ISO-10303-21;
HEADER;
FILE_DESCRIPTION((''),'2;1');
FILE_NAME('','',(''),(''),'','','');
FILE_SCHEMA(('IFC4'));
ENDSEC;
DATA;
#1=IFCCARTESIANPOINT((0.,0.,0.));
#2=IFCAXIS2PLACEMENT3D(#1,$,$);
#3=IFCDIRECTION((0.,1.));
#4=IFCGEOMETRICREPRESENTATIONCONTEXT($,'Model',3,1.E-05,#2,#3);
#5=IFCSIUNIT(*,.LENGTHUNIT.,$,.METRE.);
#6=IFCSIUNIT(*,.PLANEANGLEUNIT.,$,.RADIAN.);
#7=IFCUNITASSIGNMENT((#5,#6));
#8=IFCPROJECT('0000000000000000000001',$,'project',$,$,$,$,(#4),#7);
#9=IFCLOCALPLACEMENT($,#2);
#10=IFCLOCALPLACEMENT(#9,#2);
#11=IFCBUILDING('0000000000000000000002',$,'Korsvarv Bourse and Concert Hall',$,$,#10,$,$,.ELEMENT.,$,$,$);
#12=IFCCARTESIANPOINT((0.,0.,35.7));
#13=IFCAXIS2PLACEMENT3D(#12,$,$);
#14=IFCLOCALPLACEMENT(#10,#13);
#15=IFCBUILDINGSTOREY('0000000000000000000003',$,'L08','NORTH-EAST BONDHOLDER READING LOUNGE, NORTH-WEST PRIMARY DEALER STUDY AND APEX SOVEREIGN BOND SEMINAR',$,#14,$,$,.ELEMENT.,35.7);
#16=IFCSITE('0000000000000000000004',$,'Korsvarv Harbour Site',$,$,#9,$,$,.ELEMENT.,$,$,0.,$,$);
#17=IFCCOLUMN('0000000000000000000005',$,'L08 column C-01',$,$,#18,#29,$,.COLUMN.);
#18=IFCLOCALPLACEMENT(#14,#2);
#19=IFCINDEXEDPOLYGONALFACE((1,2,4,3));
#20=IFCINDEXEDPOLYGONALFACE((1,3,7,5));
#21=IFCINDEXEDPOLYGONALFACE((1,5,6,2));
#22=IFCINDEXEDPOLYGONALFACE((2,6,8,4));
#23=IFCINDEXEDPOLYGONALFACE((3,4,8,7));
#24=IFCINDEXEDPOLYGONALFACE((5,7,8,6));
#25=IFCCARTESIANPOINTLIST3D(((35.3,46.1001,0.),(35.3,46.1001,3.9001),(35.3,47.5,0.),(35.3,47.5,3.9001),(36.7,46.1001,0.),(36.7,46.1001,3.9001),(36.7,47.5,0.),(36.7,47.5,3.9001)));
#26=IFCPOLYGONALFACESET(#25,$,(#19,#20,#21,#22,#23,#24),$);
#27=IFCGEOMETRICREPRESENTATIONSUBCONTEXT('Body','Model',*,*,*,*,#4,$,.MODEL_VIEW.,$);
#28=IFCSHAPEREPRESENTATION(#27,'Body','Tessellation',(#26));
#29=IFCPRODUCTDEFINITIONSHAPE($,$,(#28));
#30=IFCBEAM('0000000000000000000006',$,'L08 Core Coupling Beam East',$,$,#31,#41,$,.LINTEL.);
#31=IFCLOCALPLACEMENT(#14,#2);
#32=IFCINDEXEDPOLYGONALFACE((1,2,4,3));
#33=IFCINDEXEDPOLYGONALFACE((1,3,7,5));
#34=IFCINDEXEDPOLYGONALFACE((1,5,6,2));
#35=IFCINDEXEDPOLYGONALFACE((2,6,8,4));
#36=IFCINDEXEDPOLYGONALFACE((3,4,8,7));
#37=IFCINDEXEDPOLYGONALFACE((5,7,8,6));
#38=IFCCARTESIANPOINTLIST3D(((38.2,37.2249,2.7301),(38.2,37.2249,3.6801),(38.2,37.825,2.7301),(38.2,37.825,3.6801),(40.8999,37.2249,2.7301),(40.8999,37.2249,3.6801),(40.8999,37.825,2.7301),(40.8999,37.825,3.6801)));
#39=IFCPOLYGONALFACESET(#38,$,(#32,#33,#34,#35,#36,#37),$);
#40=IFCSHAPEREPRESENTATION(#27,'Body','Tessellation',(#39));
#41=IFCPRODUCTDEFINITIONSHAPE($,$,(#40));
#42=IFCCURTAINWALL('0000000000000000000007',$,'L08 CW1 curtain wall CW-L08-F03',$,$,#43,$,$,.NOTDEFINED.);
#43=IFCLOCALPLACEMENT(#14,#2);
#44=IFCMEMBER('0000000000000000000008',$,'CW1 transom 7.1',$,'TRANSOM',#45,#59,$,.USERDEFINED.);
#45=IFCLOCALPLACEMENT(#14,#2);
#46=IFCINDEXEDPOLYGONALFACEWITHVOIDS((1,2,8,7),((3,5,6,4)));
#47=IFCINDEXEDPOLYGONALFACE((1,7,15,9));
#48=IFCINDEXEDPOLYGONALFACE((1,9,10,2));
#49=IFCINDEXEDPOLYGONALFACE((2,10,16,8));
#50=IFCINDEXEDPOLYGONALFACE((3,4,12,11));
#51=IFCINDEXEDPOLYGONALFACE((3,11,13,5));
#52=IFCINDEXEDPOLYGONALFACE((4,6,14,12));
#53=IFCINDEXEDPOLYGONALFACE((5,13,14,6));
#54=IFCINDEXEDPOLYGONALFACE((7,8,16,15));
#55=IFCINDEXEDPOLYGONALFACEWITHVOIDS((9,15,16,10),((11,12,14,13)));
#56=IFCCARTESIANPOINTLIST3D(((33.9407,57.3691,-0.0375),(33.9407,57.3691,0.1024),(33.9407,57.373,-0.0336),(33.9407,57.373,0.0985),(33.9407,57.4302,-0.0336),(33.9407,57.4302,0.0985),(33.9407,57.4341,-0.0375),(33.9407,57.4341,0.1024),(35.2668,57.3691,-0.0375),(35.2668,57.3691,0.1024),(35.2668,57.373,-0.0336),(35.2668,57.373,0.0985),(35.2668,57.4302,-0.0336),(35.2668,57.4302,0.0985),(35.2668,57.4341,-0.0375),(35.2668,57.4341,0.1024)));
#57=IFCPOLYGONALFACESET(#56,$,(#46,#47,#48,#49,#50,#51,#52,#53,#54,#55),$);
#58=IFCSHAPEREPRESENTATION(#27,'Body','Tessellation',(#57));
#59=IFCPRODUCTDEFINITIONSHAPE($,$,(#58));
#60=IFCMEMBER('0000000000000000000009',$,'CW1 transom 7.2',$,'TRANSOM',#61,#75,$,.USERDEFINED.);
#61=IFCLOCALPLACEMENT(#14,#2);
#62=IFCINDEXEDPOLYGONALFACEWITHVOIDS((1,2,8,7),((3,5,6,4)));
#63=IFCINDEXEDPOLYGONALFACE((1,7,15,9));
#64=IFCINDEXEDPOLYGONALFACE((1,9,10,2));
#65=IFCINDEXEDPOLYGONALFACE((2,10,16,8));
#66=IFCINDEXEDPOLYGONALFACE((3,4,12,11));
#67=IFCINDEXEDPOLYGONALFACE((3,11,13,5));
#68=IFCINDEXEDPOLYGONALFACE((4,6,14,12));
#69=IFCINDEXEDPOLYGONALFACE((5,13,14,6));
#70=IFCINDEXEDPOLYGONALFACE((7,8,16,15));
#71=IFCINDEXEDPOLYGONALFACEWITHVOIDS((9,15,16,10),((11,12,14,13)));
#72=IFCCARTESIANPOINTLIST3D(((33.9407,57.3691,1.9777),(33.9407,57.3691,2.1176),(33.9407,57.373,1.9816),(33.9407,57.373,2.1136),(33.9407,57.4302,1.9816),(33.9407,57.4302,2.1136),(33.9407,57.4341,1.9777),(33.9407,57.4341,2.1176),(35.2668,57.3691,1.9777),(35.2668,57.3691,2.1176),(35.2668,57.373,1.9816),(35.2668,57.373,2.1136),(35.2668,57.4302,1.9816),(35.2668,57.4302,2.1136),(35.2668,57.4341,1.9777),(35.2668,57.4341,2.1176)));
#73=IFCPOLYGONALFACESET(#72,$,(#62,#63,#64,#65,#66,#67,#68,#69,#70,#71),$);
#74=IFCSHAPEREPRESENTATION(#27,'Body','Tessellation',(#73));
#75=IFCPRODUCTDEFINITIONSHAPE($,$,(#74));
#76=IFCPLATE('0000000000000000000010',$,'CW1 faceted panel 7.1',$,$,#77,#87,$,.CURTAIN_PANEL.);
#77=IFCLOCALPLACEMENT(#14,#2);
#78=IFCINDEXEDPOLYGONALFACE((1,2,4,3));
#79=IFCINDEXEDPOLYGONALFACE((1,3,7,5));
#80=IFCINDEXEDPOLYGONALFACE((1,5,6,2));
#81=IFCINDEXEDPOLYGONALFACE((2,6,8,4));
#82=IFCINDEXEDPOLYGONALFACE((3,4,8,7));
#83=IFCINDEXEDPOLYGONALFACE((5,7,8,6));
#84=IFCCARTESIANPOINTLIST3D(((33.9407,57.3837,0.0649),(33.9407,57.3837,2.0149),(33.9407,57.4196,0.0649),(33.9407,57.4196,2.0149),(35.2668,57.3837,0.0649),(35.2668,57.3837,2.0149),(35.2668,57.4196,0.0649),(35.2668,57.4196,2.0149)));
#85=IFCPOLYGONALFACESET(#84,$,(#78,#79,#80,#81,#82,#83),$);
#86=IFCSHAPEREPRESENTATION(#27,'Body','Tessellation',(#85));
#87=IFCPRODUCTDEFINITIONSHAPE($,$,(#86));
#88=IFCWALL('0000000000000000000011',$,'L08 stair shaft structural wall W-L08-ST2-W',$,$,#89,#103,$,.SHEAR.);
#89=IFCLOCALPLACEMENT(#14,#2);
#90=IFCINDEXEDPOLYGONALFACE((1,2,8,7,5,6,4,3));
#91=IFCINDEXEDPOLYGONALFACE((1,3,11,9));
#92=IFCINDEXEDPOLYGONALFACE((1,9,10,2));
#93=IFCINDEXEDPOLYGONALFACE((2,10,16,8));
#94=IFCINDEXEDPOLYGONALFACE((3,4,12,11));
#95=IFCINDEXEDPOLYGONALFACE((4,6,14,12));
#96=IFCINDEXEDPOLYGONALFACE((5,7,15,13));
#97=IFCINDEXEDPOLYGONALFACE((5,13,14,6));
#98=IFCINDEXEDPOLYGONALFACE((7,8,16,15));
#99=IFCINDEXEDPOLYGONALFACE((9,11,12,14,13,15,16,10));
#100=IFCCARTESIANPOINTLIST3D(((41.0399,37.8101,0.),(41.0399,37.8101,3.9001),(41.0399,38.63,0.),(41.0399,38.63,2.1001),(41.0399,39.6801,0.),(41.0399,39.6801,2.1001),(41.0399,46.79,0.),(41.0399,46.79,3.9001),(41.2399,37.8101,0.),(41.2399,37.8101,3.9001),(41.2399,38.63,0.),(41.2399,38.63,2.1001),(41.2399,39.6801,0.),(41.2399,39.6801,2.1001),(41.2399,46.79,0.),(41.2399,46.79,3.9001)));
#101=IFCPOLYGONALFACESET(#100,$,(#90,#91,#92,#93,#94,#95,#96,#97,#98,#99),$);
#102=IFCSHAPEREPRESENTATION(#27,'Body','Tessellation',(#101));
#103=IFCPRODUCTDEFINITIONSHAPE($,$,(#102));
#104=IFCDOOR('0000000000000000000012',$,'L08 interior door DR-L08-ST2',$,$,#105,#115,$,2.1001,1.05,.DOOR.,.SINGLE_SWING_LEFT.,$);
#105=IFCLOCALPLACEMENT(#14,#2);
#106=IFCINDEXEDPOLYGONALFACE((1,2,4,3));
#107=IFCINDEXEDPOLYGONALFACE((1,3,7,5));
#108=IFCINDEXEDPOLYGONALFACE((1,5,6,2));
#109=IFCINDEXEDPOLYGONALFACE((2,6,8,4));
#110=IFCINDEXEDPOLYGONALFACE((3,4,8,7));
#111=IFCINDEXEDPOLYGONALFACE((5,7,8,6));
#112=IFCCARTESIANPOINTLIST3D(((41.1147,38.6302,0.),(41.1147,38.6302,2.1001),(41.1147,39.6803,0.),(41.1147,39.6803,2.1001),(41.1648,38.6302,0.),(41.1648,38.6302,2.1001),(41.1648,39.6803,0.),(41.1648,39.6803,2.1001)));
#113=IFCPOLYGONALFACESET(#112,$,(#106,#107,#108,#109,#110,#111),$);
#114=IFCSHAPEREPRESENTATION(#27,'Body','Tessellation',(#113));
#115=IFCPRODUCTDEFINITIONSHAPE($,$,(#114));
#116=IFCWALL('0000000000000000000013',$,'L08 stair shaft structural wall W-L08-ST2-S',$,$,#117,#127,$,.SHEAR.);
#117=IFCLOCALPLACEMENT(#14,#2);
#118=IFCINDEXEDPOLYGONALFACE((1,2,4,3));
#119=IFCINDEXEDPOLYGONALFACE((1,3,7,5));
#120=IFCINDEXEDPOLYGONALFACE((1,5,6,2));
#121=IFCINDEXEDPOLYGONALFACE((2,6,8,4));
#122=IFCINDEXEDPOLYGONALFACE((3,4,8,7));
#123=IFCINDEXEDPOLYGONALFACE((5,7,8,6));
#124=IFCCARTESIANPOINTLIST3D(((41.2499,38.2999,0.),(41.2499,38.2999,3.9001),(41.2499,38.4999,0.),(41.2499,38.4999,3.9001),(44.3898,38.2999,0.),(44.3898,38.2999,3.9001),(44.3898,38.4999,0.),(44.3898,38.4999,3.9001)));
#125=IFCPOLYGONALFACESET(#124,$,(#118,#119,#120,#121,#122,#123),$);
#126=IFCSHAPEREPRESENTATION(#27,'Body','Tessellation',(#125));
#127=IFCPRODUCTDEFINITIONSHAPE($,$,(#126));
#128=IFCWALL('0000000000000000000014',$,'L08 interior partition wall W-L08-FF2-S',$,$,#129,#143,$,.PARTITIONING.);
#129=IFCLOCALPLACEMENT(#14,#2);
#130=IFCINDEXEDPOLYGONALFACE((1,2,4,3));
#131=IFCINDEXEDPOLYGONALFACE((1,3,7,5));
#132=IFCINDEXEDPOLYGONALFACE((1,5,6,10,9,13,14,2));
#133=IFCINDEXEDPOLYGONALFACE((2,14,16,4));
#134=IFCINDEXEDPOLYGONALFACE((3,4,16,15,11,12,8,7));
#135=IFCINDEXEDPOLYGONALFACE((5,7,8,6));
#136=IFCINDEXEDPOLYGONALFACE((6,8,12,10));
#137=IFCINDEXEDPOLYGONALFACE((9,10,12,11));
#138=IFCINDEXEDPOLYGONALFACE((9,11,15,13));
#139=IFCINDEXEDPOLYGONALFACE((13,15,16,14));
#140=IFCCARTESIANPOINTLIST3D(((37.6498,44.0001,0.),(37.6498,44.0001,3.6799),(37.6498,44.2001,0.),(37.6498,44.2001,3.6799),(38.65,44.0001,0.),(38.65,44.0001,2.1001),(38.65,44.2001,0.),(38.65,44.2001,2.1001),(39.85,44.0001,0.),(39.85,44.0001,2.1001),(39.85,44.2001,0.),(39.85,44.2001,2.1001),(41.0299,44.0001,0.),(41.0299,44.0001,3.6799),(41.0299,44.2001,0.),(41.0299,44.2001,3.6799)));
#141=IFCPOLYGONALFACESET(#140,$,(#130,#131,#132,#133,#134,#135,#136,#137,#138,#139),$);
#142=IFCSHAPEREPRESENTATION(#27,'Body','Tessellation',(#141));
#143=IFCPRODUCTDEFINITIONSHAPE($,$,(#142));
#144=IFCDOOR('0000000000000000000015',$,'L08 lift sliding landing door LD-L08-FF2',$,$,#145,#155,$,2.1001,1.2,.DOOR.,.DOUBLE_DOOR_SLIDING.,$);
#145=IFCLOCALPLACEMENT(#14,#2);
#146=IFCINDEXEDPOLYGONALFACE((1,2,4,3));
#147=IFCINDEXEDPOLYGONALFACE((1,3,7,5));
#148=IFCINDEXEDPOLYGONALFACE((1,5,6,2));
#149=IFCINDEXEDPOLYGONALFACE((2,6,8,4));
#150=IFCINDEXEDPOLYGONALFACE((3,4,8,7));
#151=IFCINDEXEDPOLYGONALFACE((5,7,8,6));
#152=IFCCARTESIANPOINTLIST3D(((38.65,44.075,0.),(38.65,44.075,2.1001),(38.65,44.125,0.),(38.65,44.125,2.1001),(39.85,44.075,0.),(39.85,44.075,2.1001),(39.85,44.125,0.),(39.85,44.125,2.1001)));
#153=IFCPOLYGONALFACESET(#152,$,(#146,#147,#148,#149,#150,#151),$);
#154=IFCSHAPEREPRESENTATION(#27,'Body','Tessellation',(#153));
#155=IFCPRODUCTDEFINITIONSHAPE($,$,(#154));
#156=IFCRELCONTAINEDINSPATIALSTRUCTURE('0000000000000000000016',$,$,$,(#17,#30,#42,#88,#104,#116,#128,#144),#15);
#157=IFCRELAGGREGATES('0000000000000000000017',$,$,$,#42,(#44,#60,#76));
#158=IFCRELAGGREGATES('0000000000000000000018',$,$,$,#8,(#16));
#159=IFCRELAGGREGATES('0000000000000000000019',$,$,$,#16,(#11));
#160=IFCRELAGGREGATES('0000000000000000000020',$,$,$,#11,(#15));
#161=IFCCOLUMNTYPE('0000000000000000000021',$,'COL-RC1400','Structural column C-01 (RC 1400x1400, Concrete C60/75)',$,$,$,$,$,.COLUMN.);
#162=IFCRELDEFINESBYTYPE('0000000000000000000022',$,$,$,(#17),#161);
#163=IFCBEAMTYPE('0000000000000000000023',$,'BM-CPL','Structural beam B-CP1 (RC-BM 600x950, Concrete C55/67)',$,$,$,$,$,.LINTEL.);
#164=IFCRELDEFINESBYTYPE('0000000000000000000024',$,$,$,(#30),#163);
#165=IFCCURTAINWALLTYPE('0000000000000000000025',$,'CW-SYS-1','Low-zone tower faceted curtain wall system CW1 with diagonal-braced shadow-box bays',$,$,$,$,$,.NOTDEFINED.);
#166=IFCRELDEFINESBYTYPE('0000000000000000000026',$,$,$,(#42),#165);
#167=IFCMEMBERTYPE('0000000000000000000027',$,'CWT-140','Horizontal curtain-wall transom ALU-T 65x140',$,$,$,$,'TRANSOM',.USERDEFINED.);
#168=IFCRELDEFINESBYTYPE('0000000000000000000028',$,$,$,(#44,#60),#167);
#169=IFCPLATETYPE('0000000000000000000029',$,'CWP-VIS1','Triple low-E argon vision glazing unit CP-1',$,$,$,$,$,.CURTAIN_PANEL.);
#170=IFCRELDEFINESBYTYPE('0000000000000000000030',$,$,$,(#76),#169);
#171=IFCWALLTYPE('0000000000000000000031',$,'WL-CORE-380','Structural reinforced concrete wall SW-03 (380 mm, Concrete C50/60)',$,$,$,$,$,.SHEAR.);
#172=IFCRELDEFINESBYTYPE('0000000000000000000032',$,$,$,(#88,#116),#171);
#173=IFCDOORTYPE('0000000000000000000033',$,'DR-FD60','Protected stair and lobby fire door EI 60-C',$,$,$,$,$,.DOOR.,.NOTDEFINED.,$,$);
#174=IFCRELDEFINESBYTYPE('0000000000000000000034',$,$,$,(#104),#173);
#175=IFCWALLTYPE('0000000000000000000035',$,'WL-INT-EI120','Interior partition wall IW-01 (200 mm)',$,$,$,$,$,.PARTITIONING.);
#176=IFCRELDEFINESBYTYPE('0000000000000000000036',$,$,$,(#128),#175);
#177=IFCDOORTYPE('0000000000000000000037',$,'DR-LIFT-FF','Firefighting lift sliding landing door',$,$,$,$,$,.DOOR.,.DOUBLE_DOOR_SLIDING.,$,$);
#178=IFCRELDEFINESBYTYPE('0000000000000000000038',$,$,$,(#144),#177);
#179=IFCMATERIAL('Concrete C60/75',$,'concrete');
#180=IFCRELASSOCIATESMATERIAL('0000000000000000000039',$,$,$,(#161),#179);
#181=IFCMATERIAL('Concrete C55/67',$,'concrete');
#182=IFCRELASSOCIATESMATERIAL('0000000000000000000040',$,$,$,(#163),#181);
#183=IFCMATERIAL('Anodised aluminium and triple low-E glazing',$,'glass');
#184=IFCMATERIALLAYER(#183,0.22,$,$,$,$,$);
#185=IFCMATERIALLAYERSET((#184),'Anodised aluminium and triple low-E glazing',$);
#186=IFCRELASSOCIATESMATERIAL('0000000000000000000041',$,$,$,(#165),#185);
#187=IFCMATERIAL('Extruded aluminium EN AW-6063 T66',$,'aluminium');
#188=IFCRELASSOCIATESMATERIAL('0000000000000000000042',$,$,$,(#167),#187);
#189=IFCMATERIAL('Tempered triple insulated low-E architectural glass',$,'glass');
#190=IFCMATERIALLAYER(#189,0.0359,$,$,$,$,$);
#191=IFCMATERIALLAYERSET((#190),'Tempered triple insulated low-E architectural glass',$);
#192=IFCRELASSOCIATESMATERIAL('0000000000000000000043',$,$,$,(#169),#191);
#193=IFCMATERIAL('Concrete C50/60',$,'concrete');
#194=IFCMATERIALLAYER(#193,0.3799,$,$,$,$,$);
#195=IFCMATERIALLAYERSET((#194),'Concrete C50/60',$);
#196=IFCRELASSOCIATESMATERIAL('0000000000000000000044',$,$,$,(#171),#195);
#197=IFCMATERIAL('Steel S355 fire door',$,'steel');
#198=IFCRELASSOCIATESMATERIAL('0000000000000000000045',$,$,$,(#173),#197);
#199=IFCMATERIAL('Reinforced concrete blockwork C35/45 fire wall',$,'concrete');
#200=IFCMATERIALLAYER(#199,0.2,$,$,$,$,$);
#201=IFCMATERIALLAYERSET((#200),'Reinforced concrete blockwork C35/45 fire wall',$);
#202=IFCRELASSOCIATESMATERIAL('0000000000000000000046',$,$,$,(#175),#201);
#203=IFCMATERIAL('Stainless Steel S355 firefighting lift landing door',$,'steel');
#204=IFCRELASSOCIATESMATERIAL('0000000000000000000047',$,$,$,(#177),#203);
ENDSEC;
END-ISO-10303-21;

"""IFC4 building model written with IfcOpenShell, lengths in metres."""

from ifc_helpers import new_model, si_unit, direction, frame, frame_2d, origin, origin_2d, place, context, subcontext, project, spatial, rectangle, hollow_rectangle, extrude, source, transform, mapped, material, layer, layer_set, material_profile, profile_set, type_object, element, fill, aggregate, save


model = new_model("IFC4")

# Units and contexts
model_context = context("Model", 3, precision=1e-05, world=origin(), true_north=direction((0.0, 1.0)))
body_context = subcontext(model_context, "Body", "Model", "MODEL_VIEW")
ifc_project = project(units=[si_unit("LENGTHUNIT", "METRE"), si_unit("PLANEANGLEUNIT", "RADIAN")], contexts=[model_context])

# Site, building, storey
site_placement = place(None, origin())
site = spatial("IfcSite", under=ifc_project, at=site_placement, Name="Korsvarv Harbour Site", CompositionType="ELEMENT", RefElevation=0.0)
building_placement = place(site_placement, origin())
building = spatial("IfcBuilding", under=site, at=building_placement, Name="Korsvarv Bourse and Concert Hall", CompositionType="ELEMENT")
storey_placement = place(building_placement, frame((0.0, 0.0, 35.7)))
storey = spatial("IfcBuildingStorey", under=building, at=storey_placement, Name="L08", Description="NORTH-EAST BONDHOLDER READING LOUNGE, NORTH-WEST PRIMARY DEALER STUDY AND APEX SOVEREIGN BOND SEMINAR", CompositionType="ELEMENT", Elevation=35.7)

# Column
ifc_material_1 = material(Name="Concrete C60/75", Category="concrete")
ifc_material_profile_1 = material_profile(ifc_material_1, rectangle(XDim=1.3999, YDim=1.3999, at=origin_2d()), Name="RC 1400x1400")
ifc_profile_set_1 = profile_set([ifc_material_profile_1], Name="Concrete C60/75")
column_type = type_object("IfcColumnType", Name="COL-RC1400", Description="Structural column C-01 (RC 1400x1400, Concrete C60/75)", PredefinedType="COLUMN", material=ifc_profile_set_1)
shared_shape_1 = source(origin(), body_context, "Body", "SweptSolid", [
    extrude(rectangle(XDim=1.3999, YDim=1.3999, at=origin_2d()), origin(), (0.0, 0.0, 1.0), 3.9001),
])
column_placement = place(storey_placement, frame((36.0, 46.8, 0.0), z_axis=(0.0, 0.0, 1.0), x_axis=(1.0, 0.0, 0.0)))
element("IfcColumn", 1, at=column_placement, inside=storey, type_object=column_type, Name="L08 column C-01", PredefinedType="COLUMN", context=body_context, shape_type="MappedRepresentation", body=[
    mapped(shared_shape_1, transform((0.0, 0.0, 0.0), scale=1.0)),
])

# Beam
ifc_material_2 = material(Name="Concrete C55/67", Category="concrete")
ifc_material_profile_2 = material_profile(ifc_material_2, rectangle(XDim=0.6001, YDim=0.95, at=origin_2d()), Name="RC-BM 600x950")
ifc_profile_set_2 = profile_set([ifc_material_profile_2], Name="Concrete C55/67")
beam_type = type_object("IfcBeamType", Name="BM-CPL", Description="Structural beam B-CP1 (RC-BM 600x950, Concrete C55/67)", PredefinedType="LINTEL", material=ifc_profile_set_2)
shared_shape_2 = source(origin(), body_context, "Body", "SweptSolid", [
    extrude(rectangle(XDim=0.6001, YDim=0.95, at=origin_2d()), origin(), (0.0, 0.0, 1.0), 2.7),
])
beam_placement = place(storey_placement, frame((38.2, 37.5249, 3.2051), z_axis=(1.0, 0.0, 0.0), x_axis=(0.0, 1.0, 0.0)))
element("IfcBeam", 2, at=beam_placement, inside=storey, type_object=beam_type, Name="L08 Core Coupling Beam East", PredefinedType="LINTEL", context=body_context, shape_type="MappedRepresentation", body=[
    mapped(shared_shape_2, transform((0.0, 0.0, 0.0), scale=1.0)),
])

# Curtain wall, members, plate
ifc_material_3 = material(Name="Anodised aluminium and triple low-E glazing", Category="glass")
ifc_layer_1 = layer(ifc_material_3, 0.22)
ifc_layer_set_1 = layer_set([ifc_layer_1], Name="Anodised aluminium and triple low-E glazing")
curtain_wall_type = type_object("IfcCurtainWallType", Name="CW-SYS-1", Description="Low-zone tower faceted curtain wall system CW1 with diagonal-braced shadow-box bays", PredefinedType="NOTDEFINED", material=ifc_layer_set_1)
curtain_wall_placement = place(storey_placement, origin())
curtain_wall = element("IfcCurtainWall", 3, at=curtain_wall_placement, inside=storey, type_object=curtain_wall_type, Name="L08 CW1 curtain wall CW-L08-F03", PredefinedType="NOTDEFINED")
ifc_material_4 = material(Name="Extruded aluminium EN AW-6063 T66", Category="aluminium")
ifc_material_profile_3 = material_profile(ifc_material_4, hollow_rectangle(XDim=0.0649, YDim=0.1399, WallThickness=0.0039, at=origin_2d()), Name="ALU-T 65x140")
ifc_profile_set_3 = profile_set([ifc_material_profile_3], Name="Extruded aluminium EN AW-6063 T66")
member_type = type_object("IfcMemberType", Name="CWT-140", Description="Horizontal curtain-wall transom ALU-T 65x140", ElementType="TRANSOM", PredefinedType="USERDEFINED", material=ifc_profile_set_3)
shared_shape_3 = source(origin(), body_context, "Body", "SweptSolid", [
    extrude(hollow_rectangle(XDim=0.0649, YDim=0.1399, WallThickness=0.0039, at=origin_2d()), origin(), (0.0, 0.0, 1.0), 1.3262),
])
member_1_placement = place(storey_placement, frame((35.2668, 57.4016, 0.0325), z_axis=(-1.0, 0.0, 0.0), x_axis=(0.0, -1.0, 0.0)))
member_1 = element("IfcMember", 4, at=member_1_placement, type_object=member_type, Name="CW1 transom 7.1", ObjectType="TRANSOM", PredefinedType="USERDEFINED", context=body_context, shape_type="MappedRepresentation", body=[
    mapped(shared_shape_3, transform((0.0, 0.0, 0.0), scale=1.0)),
])
member_2_placement = place(storey_placement, frame((35.2668, 57.4016, 2.0476), z_axis=(-1.0, 0.0, 0.0), x_axis=(0.0, -1.0, 0.0)))
member_2 = element("IfcMember", 5, at=member_2_placement, type_object=member_type, Name="CW1 transom 7.2", ObjectType="TRANSOM", PredefinedType="USERDEFINED", context=body_context, shape_type="MappedRepresentation", body=[
    mapped(shared_shape_3, transform((0.0, 0.0, 0.0), scale=1.0)),
])
ifc_material_5 = material(Name="Tempered triple insulated low-E architectural glass", Category="glass")
ifc_layer_2 = layer(ifc_material_5, 0.0359)
ifc_layer_set_2 = layer_set([ifc_layer_2], Name="Tempered triple insulated low-E architectural glass")
plate_type = type_object("IfcPlateType", Name="CWP-VIS1", Description="Triple low-E argon vision glazing unit CP-1", PredefinedType="CURTAIN_PANEL", material=ifc_layer_set_2)
shared_shape_4 = source(origin(), body_context, "Body", "SweptSolid", [
    extrude(rectangle(XDim=1.3262, YDim=0.0359, at=origin_2d()), origin(), (0.0, 0.0, 1.0), 1.95),
])
plate_placement = place(storey_placement, frame((34.6038, 57.4016, 0.0649), z_axis=(0.0, 0.0, 1.0), x_axis=(-1.0, 0.0, 0.0)))
plate = element("IfcPlate", 6, at=plate_placement, type_object=plate_type, Name="CW1 faceted panel 7.1", PredefinedType="CURTAIN_PANEL", context=body_context, shape_type="MappedRepresentation", body=[
    mapped(shared_shape_4, transform((0.0, 0.0, 0.0), scale=1.0)),
])
aggregate(curtain_wall, [member_1, member_2, plate])

# Wall, opening, door
ifc_material_6 = material(Name="Concrete C50/60", Category="concrete")
ifc_layer_3 = layer(ifc_material_6, 0.3799)
ifc_layer_set_3 = layer_set([ifc_layer_3], Name="Concrete C50/60")
wall_type_1 = type_object("IfcWallType", Name="WL-CORE-380", Description="Structural reinforced concrete wall SW-03 (380 mm, Concrete C50/60)", PredefinedType="SHEAR", material=ifc_layer_set_3)
wall_1_placement = place(storey_placement, frame((41.1399, 37.8101, 0.0), z_axis=(0.0, 0.0, 1.0), x_axis=(0.0, 1.0, 0.0)))
wall_1 = element("IfcWall", 7, at=wall_1_placement, inside=storey, type_object=wall_type_1, Name="L08 stair shaft structural wall W-L08-ST2-W", PredefinedType="SHEAR", context=body_context, shape_type="SweptSolid", body=[
    extrude(rectangle(XDim=8.98, YDim=0.2, at=frame_2d((4.49, 0.0))), origin(), (0.0, 0.0, 1.0), 3.9001),
])
opening_1_placement = place(wall_1_placement, frame((0.8201, 0.0, 0.0)))
opening_1 = element("IfcOpeningElement", 8, at=opening_1_placement, cuts=wall_1, PredefinedType="OPENING", context=body_context, shape_type="SweptSolid", body=[
    extrude(rectangle(XDim=1.05, YDim=2.1001, at=frame_2d((0.5249, 1.05))), frame((0.0, 0.1099, 0.0), z_axis=(0.0, -1.0, 0.0), x_axis=(1.0, 0.0, 0.0)), (0.0, 0.0, 1.0), 0.22),
])
ifc_material_7 = material(Name="Steel S355 fire door", Category="steel")
door_type_1 = type_object("IfcDoorType", Name="DR-FD60", Description="Protected stair and lobby fire door EI 60-C", OperationType="NOTDEFINED", PredefinedType="DOOR", material=ifc_material_7)
door_1_placement = place(opening_1_placement, frame((1.05, 0.0, 0.0), z_axis=(0.0, 0.0, 1.0), x_axis=(-1.0, 0.0, 0.0)))
door_1 = element("IfcDoor", 9, at=door_1_placement, inside=storey, type_object=door_type_1, Name="L08 interior door DR-L08-ST2", OperationType="SINGLE_SWING_LEFT", OverallHeight=2.1001, OverallWidth=1.05, PredefinedType="DOOR", context=body_context, shape_type="SweptSolid", body=[
    extrude(rectangle(XDim=1.05, YDim=2.1001, at=frame_2d((0.5249, 1.05))), frame((0.0, 0.0249, 0.0), z_axis=(0.0, -1.0, 0.0), x_axis=(1.0, 0.0, 0.0)), (0.0, 0.0, 1.0), 0.05),
])
fill(opening_1, door_1)

# Wall
wall_2_placement = place(storey_placement, frame((41.25, 38.3999, 0.0), z_axis=(0.0, 0.0, 1.0), x_axis=(1.0, 0.0, 0.0)))
element("IfcWall", 10, at=wall_2_placement, inside=storey, type_object=wall_type_1, Name="L08 stair shaft structural wall W-L08-ST2-S", PredefinedType="SHEAR", context=body_context, shape_type="SweptSolid", body=[
    extrude(rectangle(XDim=3.1399, YDim=0.2, at=frame_2d((1.5698, 0.0))), origin(), (0.0, 0.0, 1.0), 3.9001),
])

# Wall, opening, door
ifc_material_8 = material(Name="Reinforced concrete blockwork C35/45 fire wall", Category="concrete")
ifc_layer_4 = layer(ifc_material_8, 0.2)
ifc_layer_set_4 = layer_set([ifc_layer_4], Name="Reinforced concrete blockwork C35/45 fire wall")
wall_type_2 = type_object("IfcWallType", Name="WL-INT-EI120", Description="Interior partition wall IW-01 (200 mm)", PredefinedType="PARTITIONING", material=ifc_layer_set_4)
wall_3_placement = place(storey_placement, frame((37.6499, 44.1001, 0.0), z_axis=(0.0, 0.0, 1.0), x_axis=(1.0, 0.0, 0.0)))
wall_3 = element("IfcWall", 11, at=wall_3_placement, inside=storey, type_object=wall_type_2, Name="L08 interior partition wall W-L08-FF2-S", PredefinedType="PARTITIONING", context=body_context, shape_type="SweptSolid", body=[
    extrude(rectangle(XDim=3.3801, YDim=0.2, at=frame_2d((1.6899, 0.0))), origin(), (0.0, 0.0, 1.0), 3.6799),
])
opening_2_placement = place(wall_3_placement, frame((1.0, 0.0, 0.0)))
opening_2 = element("IfcOpeningElement", 12, at=opening_2_placement, cuts=wall_3, PredefinedType="OPENING", context=body_context, shape_type="SweptSolid", body=[
    extrude(rectangle(XDim=1.2, YDim=2.1001, at=frame_2d((0.6001, 1.05))), frame((0.0, 0.1099, 0.0), z_axis=(0.0, -1.0, 0.0), x_axis=(1.0, 0.0, 0.0)), (0.0, 0.0, 1.0), 0.22),
])
ifc_material_9 = material(Name="Stainless Steel S355 firefighting lift landing door", Category="steel")
door_type_2 = type_object("IfcDoorType", Name="DR-LIFT-FF", Description="Firefighting lift sliding landing door", OperationType="DOUBLE_DOOR_SLIDING", PredefinedType="DOOR", material=ifc_material_9)
door_2_placement = place(opening_2_placement, origin())
door_2 = element("IfcDoor", 13, at=door_2_placement, inside=storey, type_object=door_type_2, Name="L08 lift sliding landing door LD-L08-FF2", OperationType="DOUBLE_DOOR_SLIDING", OverallHeight=2.1001, OverallWidth=1.2, PredefinedType="DOOR", context=body_context, shape_type="SweptSolid", body=[
    extrude(rectangle(XDim=1.2, YDim=2.1001, at=frame_2d((0.6001, 1.05))), frame((0.0, 0.0249, 0.0), z_axis=(0.0, -1.0, 0.0), x_axis=(1.0, 0.0, 0.0)), (0.0, 0.0, 1.0), 0.05),
])
fill(opening_2, door_2)

save(model, "model.ifc")
